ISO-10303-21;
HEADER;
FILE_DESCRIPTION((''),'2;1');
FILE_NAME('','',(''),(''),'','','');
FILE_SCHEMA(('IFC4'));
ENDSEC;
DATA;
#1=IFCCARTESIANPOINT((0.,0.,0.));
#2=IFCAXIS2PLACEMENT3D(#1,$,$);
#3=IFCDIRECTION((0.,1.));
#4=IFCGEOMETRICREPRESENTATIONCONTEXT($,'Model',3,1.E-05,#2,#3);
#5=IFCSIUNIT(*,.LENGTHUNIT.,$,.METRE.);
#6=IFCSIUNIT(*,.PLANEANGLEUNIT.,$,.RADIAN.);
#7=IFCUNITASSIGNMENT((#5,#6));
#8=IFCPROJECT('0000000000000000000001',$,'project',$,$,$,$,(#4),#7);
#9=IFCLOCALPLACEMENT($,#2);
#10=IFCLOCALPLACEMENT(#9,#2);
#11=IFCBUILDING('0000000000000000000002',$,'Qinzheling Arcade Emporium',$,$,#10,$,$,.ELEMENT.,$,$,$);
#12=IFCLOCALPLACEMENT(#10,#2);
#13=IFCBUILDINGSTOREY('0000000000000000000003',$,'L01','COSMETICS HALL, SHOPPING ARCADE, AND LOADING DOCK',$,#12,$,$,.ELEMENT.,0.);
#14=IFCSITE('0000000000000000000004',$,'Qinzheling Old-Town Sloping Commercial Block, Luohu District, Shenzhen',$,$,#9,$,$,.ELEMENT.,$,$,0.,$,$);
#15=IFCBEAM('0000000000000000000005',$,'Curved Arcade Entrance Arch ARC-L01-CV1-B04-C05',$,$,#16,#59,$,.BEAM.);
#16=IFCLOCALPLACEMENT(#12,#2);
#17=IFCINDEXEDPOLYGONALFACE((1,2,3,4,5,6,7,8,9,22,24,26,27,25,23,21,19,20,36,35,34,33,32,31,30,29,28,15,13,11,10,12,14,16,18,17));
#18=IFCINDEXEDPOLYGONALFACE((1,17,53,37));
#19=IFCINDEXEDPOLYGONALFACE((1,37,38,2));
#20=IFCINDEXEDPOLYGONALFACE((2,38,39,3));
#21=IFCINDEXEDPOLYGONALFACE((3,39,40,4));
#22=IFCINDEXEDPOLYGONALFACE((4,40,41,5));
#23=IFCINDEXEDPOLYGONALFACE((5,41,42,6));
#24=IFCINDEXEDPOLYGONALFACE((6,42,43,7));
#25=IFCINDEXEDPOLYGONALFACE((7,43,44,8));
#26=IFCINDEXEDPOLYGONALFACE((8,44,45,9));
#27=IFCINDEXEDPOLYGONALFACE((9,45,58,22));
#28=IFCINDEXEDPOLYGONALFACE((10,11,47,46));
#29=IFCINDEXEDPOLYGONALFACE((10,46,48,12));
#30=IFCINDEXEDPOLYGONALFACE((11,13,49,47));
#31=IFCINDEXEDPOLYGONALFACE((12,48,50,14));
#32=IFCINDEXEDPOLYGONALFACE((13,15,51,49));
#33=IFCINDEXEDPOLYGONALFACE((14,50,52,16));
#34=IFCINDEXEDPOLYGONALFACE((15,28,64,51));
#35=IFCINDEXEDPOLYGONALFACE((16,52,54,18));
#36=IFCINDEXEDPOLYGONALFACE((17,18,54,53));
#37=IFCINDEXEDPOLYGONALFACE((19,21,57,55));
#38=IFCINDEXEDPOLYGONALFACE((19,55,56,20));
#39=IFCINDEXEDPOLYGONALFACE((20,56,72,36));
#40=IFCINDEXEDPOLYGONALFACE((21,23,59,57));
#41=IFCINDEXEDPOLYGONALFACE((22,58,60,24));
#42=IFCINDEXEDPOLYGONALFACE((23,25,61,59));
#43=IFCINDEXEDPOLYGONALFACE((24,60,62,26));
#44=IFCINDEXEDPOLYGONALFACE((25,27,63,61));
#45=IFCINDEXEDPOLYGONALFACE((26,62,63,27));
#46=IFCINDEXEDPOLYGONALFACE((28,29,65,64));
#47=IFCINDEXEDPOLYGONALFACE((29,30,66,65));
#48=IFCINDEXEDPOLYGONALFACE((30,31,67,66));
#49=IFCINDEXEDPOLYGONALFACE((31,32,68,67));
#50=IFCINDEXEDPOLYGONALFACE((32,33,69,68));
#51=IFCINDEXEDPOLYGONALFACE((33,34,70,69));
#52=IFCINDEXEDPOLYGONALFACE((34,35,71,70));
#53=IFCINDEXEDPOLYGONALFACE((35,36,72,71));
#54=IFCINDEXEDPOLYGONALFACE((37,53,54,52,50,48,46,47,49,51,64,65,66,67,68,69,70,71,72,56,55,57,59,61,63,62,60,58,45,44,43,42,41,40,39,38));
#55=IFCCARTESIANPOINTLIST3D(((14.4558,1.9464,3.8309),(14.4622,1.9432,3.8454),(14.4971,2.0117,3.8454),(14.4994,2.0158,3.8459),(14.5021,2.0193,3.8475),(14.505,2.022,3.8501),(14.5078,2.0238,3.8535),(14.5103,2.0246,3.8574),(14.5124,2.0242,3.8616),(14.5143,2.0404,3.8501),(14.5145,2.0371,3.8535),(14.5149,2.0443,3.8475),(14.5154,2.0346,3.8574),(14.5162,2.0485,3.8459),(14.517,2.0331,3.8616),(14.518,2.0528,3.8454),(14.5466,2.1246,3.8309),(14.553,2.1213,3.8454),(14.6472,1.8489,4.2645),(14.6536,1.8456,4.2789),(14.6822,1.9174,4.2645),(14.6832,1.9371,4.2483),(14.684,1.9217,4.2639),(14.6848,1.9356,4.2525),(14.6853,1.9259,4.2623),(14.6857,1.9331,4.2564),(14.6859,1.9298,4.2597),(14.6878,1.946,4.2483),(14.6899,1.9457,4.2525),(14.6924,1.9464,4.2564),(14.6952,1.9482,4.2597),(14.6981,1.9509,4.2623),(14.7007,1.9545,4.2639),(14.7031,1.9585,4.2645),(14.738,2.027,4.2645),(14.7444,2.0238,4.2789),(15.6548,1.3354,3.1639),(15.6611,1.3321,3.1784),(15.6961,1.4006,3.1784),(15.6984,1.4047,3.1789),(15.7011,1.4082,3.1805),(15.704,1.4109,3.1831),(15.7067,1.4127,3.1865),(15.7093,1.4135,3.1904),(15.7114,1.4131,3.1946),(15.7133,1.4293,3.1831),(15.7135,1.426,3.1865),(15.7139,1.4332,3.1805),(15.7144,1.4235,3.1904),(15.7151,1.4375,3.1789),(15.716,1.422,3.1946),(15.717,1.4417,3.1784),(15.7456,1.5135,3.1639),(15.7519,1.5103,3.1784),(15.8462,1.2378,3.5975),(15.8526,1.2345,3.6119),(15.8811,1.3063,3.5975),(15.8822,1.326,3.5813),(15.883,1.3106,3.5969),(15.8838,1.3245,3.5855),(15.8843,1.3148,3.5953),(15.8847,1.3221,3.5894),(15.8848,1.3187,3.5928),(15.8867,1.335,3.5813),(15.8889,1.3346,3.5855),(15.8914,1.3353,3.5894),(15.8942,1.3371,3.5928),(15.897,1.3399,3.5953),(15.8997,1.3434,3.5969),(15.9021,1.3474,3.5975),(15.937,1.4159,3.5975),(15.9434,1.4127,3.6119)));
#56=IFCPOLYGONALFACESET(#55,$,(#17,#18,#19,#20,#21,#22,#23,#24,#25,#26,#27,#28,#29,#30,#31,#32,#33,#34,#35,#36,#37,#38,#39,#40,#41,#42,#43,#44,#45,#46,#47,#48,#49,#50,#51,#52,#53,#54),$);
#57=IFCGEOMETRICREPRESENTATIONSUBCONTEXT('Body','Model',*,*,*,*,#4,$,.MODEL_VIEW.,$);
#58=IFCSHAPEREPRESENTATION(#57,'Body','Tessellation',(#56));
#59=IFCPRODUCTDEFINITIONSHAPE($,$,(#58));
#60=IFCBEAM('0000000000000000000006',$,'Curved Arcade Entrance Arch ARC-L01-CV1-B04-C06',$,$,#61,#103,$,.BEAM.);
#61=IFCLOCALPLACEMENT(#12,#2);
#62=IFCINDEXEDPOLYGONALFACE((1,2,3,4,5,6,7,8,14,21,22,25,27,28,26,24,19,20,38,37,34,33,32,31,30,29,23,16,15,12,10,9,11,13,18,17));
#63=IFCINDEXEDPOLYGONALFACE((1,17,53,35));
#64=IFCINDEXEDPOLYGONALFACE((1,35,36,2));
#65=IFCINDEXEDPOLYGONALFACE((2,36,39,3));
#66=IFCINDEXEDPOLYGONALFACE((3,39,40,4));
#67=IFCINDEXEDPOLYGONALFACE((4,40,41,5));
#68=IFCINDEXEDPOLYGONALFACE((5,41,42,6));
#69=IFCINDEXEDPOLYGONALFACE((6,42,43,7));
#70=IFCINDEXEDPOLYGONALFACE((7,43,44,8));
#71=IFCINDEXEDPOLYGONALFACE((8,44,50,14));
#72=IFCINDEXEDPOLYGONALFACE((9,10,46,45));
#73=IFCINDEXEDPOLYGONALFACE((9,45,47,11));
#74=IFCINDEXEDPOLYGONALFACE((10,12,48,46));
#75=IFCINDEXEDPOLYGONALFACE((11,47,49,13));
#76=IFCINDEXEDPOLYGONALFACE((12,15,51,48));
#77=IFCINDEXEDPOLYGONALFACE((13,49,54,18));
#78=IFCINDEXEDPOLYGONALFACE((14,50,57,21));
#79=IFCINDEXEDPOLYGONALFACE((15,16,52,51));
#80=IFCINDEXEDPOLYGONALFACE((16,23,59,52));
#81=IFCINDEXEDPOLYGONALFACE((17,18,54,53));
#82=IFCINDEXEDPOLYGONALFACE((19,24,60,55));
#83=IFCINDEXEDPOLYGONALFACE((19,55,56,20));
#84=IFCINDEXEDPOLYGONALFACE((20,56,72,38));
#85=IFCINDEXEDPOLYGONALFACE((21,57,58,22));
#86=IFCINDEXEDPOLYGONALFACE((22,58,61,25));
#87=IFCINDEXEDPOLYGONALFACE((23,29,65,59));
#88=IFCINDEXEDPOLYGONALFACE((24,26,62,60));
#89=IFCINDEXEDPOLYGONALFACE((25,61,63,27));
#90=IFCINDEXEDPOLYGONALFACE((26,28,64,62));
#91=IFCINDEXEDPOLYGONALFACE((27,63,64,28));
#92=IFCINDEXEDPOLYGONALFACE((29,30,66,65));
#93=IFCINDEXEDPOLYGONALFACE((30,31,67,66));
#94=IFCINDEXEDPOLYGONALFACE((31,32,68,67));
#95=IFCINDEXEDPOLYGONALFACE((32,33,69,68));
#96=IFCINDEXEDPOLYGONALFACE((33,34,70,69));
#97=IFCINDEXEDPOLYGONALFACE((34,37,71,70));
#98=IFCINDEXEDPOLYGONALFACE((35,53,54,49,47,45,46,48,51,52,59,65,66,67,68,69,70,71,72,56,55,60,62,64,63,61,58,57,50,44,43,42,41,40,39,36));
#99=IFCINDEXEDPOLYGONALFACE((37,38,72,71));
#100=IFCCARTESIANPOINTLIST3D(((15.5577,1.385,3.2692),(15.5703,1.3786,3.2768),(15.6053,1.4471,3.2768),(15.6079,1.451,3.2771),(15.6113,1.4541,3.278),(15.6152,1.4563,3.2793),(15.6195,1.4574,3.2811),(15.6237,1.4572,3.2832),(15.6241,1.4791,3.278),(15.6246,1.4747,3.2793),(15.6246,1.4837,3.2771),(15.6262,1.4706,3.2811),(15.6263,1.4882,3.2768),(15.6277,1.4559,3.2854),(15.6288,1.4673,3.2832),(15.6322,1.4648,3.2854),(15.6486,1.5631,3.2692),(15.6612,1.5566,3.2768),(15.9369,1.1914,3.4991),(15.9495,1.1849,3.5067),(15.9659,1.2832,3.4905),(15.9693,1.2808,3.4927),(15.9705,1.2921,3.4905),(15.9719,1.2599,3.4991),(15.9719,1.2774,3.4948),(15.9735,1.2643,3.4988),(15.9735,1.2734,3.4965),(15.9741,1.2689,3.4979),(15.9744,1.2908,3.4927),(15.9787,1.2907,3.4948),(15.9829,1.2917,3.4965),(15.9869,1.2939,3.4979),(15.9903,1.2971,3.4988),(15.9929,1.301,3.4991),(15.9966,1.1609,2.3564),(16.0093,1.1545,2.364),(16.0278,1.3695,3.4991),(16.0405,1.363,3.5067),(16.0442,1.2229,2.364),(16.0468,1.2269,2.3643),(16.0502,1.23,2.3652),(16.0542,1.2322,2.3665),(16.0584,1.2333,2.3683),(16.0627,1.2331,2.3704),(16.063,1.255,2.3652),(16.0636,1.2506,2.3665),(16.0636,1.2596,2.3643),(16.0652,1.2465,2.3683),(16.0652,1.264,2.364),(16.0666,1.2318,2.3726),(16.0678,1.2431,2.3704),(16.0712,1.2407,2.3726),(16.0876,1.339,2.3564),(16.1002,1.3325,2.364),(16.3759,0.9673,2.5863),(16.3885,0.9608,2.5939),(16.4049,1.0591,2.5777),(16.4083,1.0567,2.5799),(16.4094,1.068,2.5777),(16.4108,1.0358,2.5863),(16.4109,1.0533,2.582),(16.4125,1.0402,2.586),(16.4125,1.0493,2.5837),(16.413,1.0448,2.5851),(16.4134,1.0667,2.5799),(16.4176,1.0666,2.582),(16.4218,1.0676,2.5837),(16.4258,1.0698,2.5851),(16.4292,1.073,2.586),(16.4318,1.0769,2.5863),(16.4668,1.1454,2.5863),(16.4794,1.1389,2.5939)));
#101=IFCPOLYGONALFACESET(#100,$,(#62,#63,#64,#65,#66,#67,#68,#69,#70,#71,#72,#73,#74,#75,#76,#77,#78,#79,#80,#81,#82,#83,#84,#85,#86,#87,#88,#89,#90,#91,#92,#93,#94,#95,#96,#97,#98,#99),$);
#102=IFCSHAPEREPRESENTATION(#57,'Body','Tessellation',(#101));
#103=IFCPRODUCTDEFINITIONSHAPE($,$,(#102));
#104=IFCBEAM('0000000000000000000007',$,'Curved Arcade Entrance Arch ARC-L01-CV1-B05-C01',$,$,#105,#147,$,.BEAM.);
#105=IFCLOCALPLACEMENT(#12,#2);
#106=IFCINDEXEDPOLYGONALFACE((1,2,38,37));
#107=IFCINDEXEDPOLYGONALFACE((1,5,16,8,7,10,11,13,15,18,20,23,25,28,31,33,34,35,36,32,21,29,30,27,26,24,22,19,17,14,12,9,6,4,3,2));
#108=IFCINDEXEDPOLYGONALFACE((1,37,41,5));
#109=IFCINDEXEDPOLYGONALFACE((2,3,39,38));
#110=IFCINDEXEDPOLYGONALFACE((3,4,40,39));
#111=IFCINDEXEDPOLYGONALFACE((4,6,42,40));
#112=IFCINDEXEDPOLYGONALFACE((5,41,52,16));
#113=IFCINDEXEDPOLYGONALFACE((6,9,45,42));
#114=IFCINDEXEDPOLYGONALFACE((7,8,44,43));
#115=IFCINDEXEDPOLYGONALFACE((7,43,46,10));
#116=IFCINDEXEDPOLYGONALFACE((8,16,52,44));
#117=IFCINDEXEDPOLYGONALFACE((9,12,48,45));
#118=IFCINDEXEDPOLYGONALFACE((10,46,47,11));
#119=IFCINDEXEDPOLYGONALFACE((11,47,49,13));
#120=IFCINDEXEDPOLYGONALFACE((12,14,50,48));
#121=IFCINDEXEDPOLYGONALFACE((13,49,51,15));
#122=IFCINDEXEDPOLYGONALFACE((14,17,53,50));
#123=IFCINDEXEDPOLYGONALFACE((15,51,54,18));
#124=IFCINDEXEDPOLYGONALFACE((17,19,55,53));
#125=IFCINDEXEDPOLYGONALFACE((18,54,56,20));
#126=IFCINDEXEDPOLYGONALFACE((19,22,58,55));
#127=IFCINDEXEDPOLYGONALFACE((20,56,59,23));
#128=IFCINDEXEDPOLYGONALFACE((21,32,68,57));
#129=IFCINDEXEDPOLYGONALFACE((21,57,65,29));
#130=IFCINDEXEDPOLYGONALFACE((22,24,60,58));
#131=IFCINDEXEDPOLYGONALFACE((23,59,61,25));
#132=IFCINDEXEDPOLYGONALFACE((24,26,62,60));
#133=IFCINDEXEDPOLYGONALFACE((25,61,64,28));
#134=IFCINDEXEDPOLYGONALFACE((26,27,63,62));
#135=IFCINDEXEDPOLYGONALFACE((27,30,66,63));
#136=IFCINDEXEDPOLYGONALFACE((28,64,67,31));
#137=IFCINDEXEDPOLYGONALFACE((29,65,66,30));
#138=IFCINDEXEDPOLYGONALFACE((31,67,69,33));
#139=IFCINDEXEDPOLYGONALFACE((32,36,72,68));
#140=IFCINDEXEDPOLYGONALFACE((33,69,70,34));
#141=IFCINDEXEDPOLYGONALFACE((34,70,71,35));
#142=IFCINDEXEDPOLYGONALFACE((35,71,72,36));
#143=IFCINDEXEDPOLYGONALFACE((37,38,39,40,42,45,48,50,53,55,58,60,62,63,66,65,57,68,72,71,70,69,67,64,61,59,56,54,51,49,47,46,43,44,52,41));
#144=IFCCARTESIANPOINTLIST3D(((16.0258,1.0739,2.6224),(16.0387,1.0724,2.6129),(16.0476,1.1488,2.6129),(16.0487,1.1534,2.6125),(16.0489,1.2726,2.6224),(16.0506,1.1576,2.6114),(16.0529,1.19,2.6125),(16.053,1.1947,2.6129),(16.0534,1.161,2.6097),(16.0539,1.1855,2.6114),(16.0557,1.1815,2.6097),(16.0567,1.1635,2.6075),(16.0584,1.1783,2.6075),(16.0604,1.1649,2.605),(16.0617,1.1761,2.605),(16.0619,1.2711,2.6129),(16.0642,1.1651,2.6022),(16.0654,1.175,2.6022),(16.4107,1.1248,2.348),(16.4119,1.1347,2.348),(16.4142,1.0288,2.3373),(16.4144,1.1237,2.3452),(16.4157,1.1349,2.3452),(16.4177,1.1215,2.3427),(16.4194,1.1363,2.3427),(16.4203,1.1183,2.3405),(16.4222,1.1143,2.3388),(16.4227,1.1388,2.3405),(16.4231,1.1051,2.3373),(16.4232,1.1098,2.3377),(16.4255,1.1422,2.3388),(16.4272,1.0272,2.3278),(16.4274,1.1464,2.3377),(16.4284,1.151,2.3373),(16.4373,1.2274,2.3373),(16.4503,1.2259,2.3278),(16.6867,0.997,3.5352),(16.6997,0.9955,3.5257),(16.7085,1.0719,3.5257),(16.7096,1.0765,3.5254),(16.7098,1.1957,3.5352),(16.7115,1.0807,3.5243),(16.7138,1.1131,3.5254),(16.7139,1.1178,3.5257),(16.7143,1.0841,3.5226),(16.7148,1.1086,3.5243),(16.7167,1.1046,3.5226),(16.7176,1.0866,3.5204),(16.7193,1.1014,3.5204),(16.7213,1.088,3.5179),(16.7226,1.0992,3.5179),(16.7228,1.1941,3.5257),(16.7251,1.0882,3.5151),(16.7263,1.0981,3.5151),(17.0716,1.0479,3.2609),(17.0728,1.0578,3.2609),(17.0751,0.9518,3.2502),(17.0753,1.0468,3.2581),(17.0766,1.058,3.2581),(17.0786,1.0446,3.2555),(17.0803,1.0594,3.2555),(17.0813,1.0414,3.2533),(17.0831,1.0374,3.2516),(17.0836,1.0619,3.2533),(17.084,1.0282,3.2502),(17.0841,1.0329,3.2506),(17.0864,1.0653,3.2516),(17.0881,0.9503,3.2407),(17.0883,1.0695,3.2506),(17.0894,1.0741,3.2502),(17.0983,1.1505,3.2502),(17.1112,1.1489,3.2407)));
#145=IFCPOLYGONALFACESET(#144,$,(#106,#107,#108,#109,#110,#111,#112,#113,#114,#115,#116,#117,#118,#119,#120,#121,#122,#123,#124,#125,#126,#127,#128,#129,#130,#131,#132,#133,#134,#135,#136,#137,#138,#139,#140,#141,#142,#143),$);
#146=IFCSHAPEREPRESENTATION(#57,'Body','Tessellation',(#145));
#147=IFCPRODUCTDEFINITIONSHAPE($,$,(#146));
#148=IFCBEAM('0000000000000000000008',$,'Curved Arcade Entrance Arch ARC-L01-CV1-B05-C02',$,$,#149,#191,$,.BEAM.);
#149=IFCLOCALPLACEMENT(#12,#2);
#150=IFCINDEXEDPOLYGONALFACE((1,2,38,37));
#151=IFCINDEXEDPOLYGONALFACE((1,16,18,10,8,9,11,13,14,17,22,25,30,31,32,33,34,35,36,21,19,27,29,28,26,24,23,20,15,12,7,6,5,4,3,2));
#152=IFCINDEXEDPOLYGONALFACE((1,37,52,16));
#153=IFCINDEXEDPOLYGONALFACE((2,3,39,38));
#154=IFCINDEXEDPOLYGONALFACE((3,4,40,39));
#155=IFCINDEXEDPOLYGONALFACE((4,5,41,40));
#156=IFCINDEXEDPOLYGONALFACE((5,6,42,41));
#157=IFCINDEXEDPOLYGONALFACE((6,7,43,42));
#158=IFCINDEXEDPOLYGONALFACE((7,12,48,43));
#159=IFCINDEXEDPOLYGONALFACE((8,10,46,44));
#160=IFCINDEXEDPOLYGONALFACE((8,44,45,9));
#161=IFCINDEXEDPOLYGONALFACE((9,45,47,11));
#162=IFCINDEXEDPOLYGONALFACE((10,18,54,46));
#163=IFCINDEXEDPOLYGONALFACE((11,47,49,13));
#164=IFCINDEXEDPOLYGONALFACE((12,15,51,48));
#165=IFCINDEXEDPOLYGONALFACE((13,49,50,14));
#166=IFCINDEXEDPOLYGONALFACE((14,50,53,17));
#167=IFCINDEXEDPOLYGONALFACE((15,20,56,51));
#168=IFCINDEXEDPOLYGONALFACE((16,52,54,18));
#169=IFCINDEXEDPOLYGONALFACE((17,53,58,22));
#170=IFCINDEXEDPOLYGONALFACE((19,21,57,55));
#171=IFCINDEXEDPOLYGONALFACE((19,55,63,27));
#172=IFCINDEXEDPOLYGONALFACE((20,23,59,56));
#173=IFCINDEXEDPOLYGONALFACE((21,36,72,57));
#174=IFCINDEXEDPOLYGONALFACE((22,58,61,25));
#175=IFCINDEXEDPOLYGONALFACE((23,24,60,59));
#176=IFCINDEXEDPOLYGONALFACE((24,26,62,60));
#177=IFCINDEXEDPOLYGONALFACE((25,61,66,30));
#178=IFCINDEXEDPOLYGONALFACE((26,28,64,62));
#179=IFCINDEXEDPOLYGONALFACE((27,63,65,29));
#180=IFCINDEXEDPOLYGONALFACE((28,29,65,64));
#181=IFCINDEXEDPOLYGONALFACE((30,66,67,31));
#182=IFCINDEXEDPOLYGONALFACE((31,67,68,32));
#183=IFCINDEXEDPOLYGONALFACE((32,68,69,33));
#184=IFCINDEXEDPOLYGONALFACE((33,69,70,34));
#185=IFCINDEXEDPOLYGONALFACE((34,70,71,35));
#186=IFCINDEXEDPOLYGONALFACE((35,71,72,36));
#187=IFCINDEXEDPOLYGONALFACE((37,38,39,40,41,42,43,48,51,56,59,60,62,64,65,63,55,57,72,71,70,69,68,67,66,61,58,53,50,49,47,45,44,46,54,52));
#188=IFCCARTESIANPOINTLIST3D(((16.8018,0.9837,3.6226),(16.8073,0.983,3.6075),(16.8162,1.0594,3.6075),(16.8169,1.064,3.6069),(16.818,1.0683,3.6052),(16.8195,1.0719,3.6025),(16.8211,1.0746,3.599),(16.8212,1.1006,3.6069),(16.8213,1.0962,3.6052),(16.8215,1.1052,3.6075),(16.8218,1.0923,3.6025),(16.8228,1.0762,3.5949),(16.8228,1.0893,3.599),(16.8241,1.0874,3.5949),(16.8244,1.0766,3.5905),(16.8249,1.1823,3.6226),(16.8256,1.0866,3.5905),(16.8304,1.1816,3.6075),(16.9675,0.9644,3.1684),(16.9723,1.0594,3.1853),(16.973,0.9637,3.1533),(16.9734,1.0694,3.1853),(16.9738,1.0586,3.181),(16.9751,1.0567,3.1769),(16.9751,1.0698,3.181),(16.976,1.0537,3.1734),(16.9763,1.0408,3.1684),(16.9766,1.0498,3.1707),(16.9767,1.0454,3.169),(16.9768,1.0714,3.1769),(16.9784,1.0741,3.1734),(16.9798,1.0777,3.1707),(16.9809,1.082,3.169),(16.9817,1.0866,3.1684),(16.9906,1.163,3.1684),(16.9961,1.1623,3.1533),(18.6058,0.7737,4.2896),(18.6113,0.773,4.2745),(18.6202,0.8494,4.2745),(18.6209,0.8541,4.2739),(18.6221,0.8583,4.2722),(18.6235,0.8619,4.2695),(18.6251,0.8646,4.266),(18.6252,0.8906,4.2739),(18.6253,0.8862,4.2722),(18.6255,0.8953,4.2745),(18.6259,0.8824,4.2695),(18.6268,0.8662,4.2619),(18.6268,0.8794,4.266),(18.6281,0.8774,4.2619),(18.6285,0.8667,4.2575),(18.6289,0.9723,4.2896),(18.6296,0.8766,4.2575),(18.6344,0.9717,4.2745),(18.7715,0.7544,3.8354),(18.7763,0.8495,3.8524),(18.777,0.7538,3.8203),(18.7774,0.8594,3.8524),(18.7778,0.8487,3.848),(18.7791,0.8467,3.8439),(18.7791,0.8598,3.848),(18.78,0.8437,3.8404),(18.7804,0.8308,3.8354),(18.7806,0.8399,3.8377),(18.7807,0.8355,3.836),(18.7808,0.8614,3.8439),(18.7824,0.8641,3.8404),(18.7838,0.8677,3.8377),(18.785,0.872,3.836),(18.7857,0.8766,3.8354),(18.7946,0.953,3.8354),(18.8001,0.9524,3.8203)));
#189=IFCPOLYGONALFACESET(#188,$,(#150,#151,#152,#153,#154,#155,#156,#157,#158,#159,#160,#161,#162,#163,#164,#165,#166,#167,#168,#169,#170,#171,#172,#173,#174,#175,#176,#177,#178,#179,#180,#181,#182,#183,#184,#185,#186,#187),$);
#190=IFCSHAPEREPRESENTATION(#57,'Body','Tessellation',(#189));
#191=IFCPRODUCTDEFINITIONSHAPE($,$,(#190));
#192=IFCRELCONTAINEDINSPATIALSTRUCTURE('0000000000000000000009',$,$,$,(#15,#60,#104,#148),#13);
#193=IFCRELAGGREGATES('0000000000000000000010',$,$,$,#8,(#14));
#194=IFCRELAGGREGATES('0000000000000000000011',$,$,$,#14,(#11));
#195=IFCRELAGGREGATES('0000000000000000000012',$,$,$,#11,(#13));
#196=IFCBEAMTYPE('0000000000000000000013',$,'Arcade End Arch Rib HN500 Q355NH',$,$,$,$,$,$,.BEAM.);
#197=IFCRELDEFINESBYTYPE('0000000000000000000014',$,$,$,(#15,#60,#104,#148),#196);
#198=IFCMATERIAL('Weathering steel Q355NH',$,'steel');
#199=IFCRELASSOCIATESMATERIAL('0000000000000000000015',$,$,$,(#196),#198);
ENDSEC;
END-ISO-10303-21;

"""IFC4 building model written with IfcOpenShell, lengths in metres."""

from ifc_helpers import new_model, si_unit, direction, frame, origin, origin_2d, place, context, subcontext, project, spatial, i_section, extrude, material, material_profile, profile_set, type_object, element, save


model = new_model("IFC4")

# Units and contexts
model_context = context("Model", 3, precision=1e-05, world=origin(), true_north=direction((0.0, 1.0)))
body_context = subcontext(model_context, "Body", "Model", "MODEL_VIEW")
ifc_project = project(units=[si_unit("LENGTHUNIT", "METRE"), si_unit("PLANEANGLEUNIT", "RADIAN")], contexts=[model_context])

# Site, building, storey
site_placement = place(None, origin())
site = spatial("IfcSite", under=ifc_project, at=site_placement, Name="Qinzheling Old-Town Sloping Commercial Block, Luohu District, Shenzhen", CompositionType="ELEMENT", RefElevation=0.0)
building_placement = place(site_placement, origin())
building = spatial("IfcBuilding", under=site, at=building_placement, Name="Qinzheling Arcade Emporium", CompositionType="ELEMENT")
storey_placement = place(building_placement, origin())
storey = spatial("IfcBuildingStorey", under=building, at=storey_placement, Name="L01", Description="COSMETICS HALL, SHOPPING ARCADE, AND LOADING DOCK", CompositionType="ELEMENT", Elevation=0.0)

# Beams
ifc_material_1 = material(Name="Weathering steel Q355NH", Category="steel")
ifc_material_profile_1 = material_profile(ifc_material_1, i_section(OverallWidth=0.2, OverallDepth=0.5, WebThickness=0.01, FlangeThickness=0.0161, FilletRadius=0.0181, at=origin_2d()), Name="HN 500x200x10x16", Category="steel")
ifc_profile_set_1 = profile_set([ifc_material_profile_1], Name="Weathering steel Q355NH")
beam_type_1 = type_object("IfcBeamType", Name="Arcade End Arch Rib HN500 Q355NH", PredefinedType="BEAM", material=ifc_profile_set_1)
beam_1_placement = place(storey_placement, frame((14.6001, 1.9851, 4.0549), z_axis=(0.798281, -0.406861, -0.444085), x_axis=(0.454094, 0.890954, 0.0)))
element("IfcBeam", 1, at=beam_1_placement, inside=storey, type_object=beam_type_1, Name="Curved Arcade Entrance Arch ARC-L01-CV1-B04-C05", PredefinedType="BEAM", context=body_context, shape_type="SweptSolid", body=[
    extrude(i_section(OverallWidth=0.2, OverallDepth=0.5, WebThickness=0.01, FlangeThickness=0.0161, FilletRadius=0.0181, at=origin_2d()), origin(), (0.0, 0.0, 1.0), 1.502),
])
beam_2_placement = place(storey_placement, frame((15.7991, 1.374, 3.3879), z_axis=(0.423139, -0.216041, -0.879932), x_axis=(0.454727, 0.890631, 0.0)))
element("IfcBeam", 2, at=beam_2_placement, inside=storey, type_object=beam_type_1, Name="Curved Arcade Entrance Arch ARC-L01-CV1-B04-C06", PredefinedType="BEAM", context=body_context, shape_type="SweptSolid", body=[
    extrude(i_section(OverallWidth=0.2, OverallDepth=0.5, WebThickness=0.01, FlangeThickness=0.0161, FilletRadius=0.0181, at=origin_2d()), origin(), (0.0, 0.0, 1.0), 1.0374),
])
beam_3_placement = place(storey_placement, frame((16.238, 1.1499, 2.4751), z_axis=(0.585071, -0.068082, 0.808119), x_axis=(0.115585, 0.993298, 0.0)))
element("IfcBeam", 3, at=beam_3_placement, inside=storey, type_object=beam_type_1, Name="Curved Arcade Entrance Arch ARC-L01-CV1-B05-C01", PredefinedType="BEAM", context=body_context, shape_type="SweptSolid", body=[
    extrude(i_section(OverallWidth=0.2, OverallDepth=0.5, WebThickness=0.01, FlangeThickness=0.0161, FilletRadius=0.0181, at=origin_2d()), origin(), (0.0, 0.0, 1.0), 1.1296),
])
beam_4_placement = place(storey_placement, frame((16.8989, 1.073, 3.3879), z_axis=(0.932402, -0.108522, 0.344745), x_axis=(0.115609, 0.993295, 0.0)))
element("IfcBeam", 4, at=beam_4_placement, inside=storey, type_object=beam_type_1, Name="Curved Arcade Entrance Arch ARC-L01-CV1-B05-C02", PredefinedType="BEAM", context=body_context, shape_type="SweptSolid", body=[
    extrude(i_section(OverallWidth=0.2, OverallDepth=0.5, WebThickness=0.01, FlangeThickness=0.0161, FilletRadius=0.0181, at=origin_2d()), origin(), (0.0, 0.0, 1.0), 1.9348),
])

save(model, "model.ifc")
